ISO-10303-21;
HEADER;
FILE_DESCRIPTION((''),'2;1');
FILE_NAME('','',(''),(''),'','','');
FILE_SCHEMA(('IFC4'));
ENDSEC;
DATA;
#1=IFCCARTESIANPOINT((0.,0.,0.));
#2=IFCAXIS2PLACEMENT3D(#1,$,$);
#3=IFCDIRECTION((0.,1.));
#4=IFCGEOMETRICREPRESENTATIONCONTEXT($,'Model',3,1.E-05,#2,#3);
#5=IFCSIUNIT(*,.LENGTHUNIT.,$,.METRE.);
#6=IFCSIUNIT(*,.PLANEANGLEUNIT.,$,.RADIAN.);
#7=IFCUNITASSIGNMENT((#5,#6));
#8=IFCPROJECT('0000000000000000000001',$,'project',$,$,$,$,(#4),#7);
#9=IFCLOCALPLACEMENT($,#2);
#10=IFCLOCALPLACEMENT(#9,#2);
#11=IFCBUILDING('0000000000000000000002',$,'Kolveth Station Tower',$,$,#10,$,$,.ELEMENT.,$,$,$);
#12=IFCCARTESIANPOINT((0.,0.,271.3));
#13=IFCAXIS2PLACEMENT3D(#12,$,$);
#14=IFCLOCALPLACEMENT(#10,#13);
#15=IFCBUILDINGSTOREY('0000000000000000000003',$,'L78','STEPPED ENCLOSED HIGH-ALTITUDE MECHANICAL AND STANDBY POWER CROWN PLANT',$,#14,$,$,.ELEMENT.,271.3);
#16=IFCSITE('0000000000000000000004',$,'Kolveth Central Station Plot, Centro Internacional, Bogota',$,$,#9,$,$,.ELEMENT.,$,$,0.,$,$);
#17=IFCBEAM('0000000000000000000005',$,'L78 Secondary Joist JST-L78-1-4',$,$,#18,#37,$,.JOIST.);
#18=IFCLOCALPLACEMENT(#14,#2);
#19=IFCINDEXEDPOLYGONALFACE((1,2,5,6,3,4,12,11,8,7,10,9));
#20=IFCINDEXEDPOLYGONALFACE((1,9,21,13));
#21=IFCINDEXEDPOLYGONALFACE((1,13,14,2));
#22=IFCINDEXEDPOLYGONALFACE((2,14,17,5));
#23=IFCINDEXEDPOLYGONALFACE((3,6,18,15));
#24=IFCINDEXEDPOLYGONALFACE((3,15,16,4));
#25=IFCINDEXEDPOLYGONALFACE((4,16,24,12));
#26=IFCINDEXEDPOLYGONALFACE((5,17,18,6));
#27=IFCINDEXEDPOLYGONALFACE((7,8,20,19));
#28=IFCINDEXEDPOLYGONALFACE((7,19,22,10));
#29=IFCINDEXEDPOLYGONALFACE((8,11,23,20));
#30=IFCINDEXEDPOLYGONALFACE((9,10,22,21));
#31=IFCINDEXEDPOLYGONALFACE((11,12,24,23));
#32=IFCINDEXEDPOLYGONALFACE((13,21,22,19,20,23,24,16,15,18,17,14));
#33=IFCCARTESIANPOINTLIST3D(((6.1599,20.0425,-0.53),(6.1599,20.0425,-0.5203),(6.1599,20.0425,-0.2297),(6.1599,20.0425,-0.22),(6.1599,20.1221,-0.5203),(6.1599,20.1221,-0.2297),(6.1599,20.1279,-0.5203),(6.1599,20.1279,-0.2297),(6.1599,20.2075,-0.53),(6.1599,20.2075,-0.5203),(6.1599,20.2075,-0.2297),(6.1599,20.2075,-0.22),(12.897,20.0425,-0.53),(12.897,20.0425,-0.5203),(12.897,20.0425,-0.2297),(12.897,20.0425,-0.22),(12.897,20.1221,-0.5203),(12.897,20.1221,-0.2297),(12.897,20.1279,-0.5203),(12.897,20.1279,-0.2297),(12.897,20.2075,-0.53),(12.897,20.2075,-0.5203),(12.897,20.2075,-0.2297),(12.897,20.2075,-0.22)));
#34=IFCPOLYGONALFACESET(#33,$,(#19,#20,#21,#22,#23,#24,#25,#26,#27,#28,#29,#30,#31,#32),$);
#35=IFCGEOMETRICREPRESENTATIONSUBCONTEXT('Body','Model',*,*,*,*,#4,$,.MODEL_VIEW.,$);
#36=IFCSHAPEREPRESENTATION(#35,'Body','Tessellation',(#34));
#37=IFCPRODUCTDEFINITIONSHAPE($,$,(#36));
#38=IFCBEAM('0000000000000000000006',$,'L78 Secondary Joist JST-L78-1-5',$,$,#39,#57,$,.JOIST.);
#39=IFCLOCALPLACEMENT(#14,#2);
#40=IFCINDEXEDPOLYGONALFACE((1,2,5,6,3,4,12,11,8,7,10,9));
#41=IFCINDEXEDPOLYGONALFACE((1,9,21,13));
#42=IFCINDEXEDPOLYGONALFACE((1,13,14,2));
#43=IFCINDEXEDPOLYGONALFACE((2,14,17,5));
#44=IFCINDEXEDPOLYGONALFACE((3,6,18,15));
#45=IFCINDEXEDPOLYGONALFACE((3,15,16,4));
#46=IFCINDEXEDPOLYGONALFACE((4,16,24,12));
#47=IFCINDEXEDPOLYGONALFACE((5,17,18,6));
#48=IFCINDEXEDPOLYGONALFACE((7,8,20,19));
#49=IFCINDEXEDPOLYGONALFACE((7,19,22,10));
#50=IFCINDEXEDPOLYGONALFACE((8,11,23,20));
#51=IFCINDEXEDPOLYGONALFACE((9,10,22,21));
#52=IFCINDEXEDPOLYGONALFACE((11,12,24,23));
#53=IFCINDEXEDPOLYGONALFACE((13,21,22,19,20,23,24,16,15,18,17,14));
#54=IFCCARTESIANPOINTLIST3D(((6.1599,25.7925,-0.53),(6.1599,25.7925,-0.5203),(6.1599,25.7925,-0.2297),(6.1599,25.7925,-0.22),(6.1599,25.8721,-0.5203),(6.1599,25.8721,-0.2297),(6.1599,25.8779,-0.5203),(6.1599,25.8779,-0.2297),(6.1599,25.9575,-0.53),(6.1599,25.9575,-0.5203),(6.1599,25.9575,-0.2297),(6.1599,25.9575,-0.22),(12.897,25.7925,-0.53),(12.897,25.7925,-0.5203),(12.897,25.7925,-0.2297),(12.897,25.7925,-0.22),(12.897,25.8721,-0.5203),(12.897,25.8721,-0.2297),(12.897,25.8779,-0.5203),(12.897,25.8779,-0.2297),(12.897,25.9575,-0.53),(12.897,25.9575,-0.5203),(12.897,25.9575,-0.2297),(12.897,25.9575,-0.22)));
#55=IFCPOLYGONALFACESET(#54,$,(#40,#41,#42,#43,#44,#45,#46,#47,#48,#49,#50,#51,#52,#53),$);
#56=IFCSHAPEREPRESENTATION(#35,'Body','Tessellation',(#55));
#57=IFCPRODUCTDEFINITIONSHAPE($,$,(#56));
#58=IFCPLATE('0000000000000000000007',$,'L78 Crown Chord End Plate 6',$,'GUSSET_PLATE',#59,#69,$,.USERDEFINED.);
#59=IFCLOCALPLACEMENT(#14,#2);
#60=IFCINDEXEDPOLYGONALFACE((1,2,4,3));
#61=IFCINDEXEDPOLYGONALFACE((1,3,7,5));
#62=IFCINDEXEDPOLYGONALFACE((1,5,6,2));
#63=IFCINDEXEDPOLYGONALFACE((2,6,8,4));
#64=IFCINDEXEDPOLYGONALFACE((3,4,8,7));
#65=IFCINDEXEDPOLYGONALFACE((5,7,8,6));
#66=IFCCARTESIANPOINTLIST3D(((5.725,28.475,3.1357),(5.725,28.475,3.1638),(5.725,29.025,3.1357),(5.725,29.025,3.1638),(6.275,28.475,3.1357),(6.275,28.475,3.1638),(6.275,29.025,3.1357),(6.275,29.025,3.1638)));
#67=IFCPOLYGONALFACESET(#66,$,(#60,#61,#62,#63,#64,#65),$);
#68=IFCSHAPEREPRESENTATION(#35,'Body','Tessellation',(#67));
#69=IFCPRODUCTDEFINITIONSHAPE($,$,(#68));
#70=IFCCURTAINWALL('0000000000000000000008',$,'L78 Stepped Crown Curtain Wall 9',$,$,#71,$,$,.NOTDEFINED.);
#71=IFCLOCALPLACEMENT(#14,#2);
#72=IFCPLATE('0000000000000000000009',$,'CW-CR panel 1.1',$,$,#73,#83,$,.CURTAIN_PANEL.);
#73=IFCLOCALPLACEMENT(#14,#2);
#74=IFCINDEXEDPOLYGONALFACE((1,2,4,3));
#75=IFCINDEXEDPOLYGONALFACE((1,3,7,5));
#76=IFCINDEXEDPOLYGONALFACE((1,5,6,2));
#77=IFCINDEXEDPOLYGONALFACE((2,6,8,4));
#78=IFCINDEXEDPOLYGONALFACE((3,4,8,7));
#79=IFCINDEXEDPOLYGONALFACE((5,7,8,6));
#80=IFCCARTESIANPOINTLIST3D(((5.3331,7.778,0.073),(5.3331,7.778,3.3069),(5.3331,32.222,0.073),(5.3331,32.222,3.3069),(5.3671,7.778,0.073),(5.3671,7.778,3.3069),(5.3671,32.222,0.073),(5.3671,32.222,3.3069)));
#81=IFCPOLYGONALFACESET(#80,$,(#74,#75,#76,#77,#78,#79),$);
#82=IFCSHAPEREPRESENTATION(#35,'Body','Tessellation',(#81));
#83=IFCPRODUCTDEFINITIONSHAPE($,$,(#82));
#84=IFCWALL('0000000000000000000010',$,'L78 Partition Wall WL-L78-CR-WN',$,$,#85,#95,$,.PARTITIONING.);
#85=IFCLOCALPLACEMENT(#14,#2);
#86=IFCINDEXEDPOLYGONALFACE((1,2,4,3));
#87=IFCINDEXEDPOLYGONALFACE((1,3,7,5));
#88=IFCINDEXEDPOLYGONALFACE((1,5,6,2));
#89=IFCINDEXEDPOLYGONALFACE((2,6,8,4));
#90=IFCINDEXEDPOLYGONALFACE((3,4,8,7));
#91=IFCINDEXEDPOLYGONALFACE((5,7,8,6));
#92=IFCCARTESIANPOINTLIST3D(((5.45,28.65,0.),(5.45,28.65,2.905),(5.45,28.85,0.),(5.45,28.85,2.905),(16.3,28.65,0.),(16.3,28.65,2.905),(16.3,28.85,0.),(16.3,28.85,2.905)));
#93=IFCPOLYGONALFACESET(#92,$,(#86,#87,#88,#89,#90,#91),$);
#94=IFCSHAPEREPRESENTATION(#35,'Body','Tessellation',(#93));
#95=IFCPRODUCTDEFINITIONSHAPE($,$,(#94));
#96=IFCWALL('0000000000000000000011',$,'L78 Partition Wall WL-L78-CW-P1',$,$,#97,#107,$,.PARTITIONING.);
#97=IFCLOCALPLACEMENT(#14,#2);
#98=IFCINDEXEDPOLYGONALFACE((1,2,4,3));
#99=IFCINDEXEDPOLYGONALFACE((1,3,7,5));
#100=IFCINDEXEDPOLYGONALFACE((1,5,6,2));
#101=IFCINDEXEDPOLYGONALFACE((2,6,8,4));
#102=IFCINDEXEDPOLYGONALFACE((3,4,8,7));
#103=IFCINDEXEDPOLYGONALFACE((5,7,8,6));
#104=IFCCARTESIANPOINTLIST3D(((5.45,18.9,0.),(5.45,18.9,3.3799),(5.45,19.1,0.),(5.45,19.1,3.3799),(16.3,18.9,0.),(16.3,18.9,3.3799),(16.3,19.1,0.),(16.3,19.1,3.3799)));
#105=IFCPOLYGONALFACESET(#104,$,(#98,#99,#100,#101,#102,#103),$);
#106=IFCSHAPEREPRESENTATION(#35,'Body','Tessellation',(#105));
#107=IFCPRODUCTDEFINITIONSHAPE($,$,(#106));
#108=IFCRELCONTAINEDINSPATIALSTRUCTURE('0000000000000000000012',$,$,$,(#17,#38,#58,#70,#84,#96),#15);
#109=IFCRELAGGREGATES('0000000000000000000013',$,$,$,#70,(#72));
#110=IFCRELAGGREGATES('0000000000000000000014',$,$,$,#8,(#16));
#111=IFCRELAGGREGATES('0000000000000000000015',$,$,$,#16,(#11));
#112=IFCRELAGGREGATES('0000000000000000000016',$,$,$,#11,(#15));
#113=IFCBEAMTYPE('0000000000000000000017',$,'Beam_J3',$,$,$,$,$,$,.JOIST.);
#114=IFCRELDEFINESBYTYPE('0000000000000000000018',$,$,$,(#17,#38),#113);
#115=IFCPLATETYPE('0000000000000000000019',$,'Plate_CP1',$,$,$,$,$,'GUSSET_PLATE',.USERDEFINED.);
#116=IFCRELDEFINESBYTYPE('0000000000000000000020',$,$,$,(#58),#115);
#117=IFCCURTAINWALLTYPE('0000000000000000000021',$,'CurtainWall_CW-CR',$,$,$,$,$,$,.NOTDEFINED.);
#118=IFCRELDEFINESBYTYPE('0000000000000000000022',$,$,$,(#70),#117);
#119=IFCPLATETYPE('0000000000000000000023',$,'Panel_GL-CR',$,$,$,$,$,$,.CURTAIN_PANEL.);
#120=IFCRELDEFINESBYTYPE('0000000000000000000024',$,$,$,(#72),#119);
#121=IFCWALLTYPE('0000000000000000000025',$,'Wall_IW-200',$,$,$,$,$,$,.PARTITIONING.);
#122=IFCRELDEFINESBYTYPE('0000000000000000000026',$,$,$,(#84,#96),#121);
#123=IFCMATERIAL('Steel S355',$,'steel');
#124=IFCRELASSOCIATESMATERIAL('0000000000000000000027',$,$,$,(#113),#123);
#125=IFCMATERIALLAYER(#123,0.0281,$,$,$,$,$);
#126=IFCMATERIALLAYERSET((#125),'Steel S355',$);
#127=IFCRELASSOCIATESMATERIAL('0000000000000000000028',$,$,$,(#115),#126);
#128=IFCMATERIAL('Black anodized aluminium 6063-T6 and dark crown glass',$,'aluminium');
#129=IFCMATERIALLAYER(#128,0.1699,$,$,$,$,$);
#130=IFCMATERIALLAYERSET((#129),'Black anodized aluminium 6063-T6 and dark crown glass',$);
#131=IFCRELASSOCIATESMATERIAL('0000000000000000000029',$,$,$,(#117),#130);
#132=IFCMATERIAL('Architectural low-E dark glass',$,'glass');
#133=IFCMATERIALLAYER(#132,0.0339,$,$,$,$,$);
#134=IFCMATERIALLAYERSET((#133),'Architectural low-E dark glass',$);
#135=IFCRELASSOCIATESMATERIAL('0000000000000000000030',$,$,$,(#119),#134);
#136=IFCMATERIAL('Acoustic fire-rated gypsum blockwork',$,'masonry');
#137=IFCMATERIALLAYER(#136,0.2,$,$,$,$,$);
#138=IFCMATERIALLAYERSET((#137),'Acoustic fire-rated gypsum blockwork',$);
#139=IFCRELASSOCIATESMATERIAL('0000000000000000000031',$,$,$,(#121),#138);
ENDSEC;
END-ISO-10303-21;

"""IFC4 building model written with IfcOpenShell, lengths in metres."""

from ifc_helpers import new_model, si_unit, direction, frame, frame_2d, origin, origin_2d, place, context, subcontext, project, spatial, rectangle, i_section, extrude, source, transform, mapped, material, layer, layer_set, material_profile, profile_set, type_object, element, aggregate, save


model = new_model("IFC4")

# Units and contexts
model_context = context("Model", 3, precision=1e-05, world=origin(), true_north=direction((0.0, 1.0)))
body_context = subcontext(model_context, "Body", "Model", "MODEL_VIEW")
ifc_project = project(units=[si_unit("LENGTHUNIT", "METRE"), si_unit("PLANEANGLEUNIT", "RADIAN")], contexts=[model_context])

# Site, building, storey
site_placement = place(None, origin())
site = spatial("IfcSite", under=ifc_project, at=site_placement, Name="Kolveth Central Station Plot, Centro Internacional, Bogota", CompositionType="ELEMENT", RefElevation=0.0)
building_placement = place(site_placement, origin())
building = spatial("IfcBuilding", under=site, at=building_placement, Name="Kolveth Station Tower", CompositionType="ELEMENT")
storey_placement = place(building_placement, frame((0.0, 0.0, 271.3)))
storey = spatial("IfcBuildingStorey", under=building, at=storey_placement, Name="L78", Description="STEPPED ENCLOSED HIGH-ALTITUDE MECHANICAL AND STANDBY POWER CROWN PLANT", CompositionType="ELEMENT", Elevation=271.3)

# Shared definitions
ifc_material_1 = material(Name="Steel S355", Category="steel")

# Beams
ifc_material_profile_1 = material_profile(ifc_material_1, i_section(OverallWidth=0.165, OverallDepth=0.3101, WebThickness=0.0059, FlangeThickness=0.0098, at=origin_2d()), Name="W310x39")
ifc_profile_set_1 = profile_set([ifc_material_profile_1], Name="Steel S355")
beam_type_1 = type_object("IfcBeamType", Name="Beam_J3", PredefinedType="JOIST", material=ifc_profile_set_1)
shared_shape_1 = source(origin(), body_context, "Body", "SweptSolid", [
    extrude(i_section(OverallWidth=0.165, OverallDepth=0.3101, WebThickness=0.0059, FlangeThickness=0.0098, at=origin_2d()), origin(), (0.0, 0.0, 1.0), 6.7371),
])
for number, where, z_axis, x_axis, name in (
    (1, (6.1599, 20.125, -0.375), (1.0, 0.0, 0.0), (0.0, 1.0, 0.0), "L78 Secondary Joist JST-L78-1-4"),
    (2, (6.1599, 25.875, -0.375), (1.0, 0.0, 0.0), (0.0, 1.0, 0.0), "L78 Secondary Joist JST-L78-1-5"),
):
    element("IfcBeam", number, at=place(storey_placement, frame(where, z_axis=z_axis, x_axis=x_axis)), inside=storey, type_object=beam_type_1, Name=name, PredefinedType="JOIST", context=body_context, shape_type="MappedRepresentation", body=[
        mapped(shared_shape_1, transform((0.0, 0.0, 0.0), x_axis=(1.0, 0.0, 0.0), y_axis=(0.0, 1.0, 0.0), z_axis=(0.0, 0.0, 1.0), scale=1.0)),
    ])

# Plate
ifc_layer_1 = layer(ifc_material_1, 0.0281)
ifc_layer_set_1 = layer_set([ifc_layer_1], Name="Steel S355")
plate_type_1 = type_object("IfcPlateType", Name="Plate_CP1", ElementType="GUSSET_PLATE", PredefinedType="USERDEFINED", material=ifc_layer_set_1)
shared_shape_2 = source(origin(), body_context, "Body", "SweptSolid", [
    extrude(rectangle(XDim=0.55, YDim=0.55, at=origin_2d()), origin(), (0.0, 0.0, 1.0), 0.0281),
])
plate_1_placement = place(storey_placement, frame((6.0, 28.75, 3.1357), z_axis=(0.0, 0.0, 1.0), x_axis=(1.0, 0.0, 0.0)))
element("IfcPlate", 3, at=plate_1_placement, inside=storey, type_object=plate_type_1, Name="L78 Crown Chord End Plate 6", ObjectType="GUSSET_PLATE", PredefinedType="USERDEFINED", context=body_context, shape_type="MappedRepresentation", body=[
    mapped(shared_shape_2, transform((0.0, 0.0, 0.0), x_axis=(1.0, 0.0, 0.0), y_axis=(0.0, 1.0, 0.0), z_axis=(0.0, 0.0, 1.0), scale=1.0)),
])

# Curtain wall, plate
ifc_material_2 = material(Name="Black anodized aluminium 6063-T6 and dark crown glass", Category="aluminium")
ifc_layer_2 = layer(ifc_material_2, 0.1699)
ifc_layer_set_2 = layer_set([ifc_layer_2], Name="Black anodized aluminium 6063-T6 and dark crown glass")
curtain_wall_type = type_object("IfcCurtainWallType", Name="CurtainWall_CW-CR", PredefinedType="NOTDEFINED", material=ifc_layer_set_2)
curtain_wall_placement = place(storey_placement, origin())
curtain_wall = element("IfcCurtainWall", 4, at=curtain_wall_placement, inside=storey, type_object=curtain_wall_type, Name="L78 Stepped Crown Curtain Wall 9", PredefinedType="NOTDEFINED")
ifc_material_3 = material(Name="Architectural low-E dark glass", Category="glass")
ifc_layer_3 = layer(ifc_material_3, 0.0339)
ifc_layer_set_3 = layer_set([ifc_layer_3], Name="Architectural low-E dark glass")
plate_type_2 = type_object("IfcPlateType", Name="Panel_GL-CR", PredefinedType="CURTAIN_PANEL", material=ifc_layer_set_3)
shared_shape_3 = source(origin(), body_context, "Body", "SweptSolid", [
    extrude(rectangle(XDim=24.4441, YDim=0.0339, at=origin_2d()), origin(), (0.0, 0.0, 1.0), 3.2339),
])
plate_2_placement = place(storey_placement, frame((5.3501, 20.0, 0.073), z_axis=(0.0, 0.0, 1.0), x_axis=(0.0, -1.0, 0.0)))
plate_2 = element("IfcPlate", 5, at=plate_2_placement, type_object=plate_type_2, Name="CW-CR panel 1.1", PredefinedType="CURTAIN_PANEL", context=body_context, shape_type="MappedRepresentation", body=[
    mapped(shared_shape_3, transform((0.0, 0.0, 0.0), x_axis=(1.0, 0.0, 0.0), y_axis=(0.0, 1.0, 0.0), z_axis=(0.0, 0.0, 1.0), scale=1.0)),
])
aggregate(curtain_wall, [plate_2])

# Walls
ifc_material_4 = material(Name="Acoustic fire-rated gypsum blockwork", Category="masonry")
ifc_layer_4 = layer(ifc_material_4, 0.2)
ifc_layer_set_4 = layer_set([ifc_layer_4], Name="Acoustic fire-rated gypsum blockwork")
wall_type = type_object("IfcWallType", Name="Wall_IW-200", PredefinedType="PARTITIONING", material=ifc_layer_set_4)
wall_1_placement = place(storey_placement, frame((5.45, 28.75, 0.0), z_axis=(0.0, 0.0, 1.0), x_axis=(1.0, 0.0, 0.0)))
element("IfcWall", 6, at=wall_1_placement, inside=storey, type_object=wall_type, Name="L78 Partition Wall WL-L78-CR-WN", PredefinedType="PARTITIONING", context=body_context, shape_type="SweptSolid", body=[
    extrude(rectangle(XDim=10.8501, YDim=0.2, at=frame_2d((5.425, 0.0))), origin(), (0.0, 0.0, 1.0), 2.905),
])
wall_2_placement = place(storey_placement, frame((5.45, 19.0, 0.0), z_axis=(0.0, 0.0, 1.0), x_axis=(1.0, 0.0, 0.0)))
element("IfcWall", 7, at=wall_2_placement, inside=storey, type_object=wall_type, Name="L78 Partition Wall WL-L78-CW-P1", PredefinedType="PARTITIONING", context=body_context, shape_type="SweptSolid", body=[
    extrude(rectangle(XDim=10.8501, YDim=0.2, at=frame_2d((5.425, 0.0))), origin(), (0.0, 0.0, 1.0), 3.3799),
])

save(model, "model.ifc")
